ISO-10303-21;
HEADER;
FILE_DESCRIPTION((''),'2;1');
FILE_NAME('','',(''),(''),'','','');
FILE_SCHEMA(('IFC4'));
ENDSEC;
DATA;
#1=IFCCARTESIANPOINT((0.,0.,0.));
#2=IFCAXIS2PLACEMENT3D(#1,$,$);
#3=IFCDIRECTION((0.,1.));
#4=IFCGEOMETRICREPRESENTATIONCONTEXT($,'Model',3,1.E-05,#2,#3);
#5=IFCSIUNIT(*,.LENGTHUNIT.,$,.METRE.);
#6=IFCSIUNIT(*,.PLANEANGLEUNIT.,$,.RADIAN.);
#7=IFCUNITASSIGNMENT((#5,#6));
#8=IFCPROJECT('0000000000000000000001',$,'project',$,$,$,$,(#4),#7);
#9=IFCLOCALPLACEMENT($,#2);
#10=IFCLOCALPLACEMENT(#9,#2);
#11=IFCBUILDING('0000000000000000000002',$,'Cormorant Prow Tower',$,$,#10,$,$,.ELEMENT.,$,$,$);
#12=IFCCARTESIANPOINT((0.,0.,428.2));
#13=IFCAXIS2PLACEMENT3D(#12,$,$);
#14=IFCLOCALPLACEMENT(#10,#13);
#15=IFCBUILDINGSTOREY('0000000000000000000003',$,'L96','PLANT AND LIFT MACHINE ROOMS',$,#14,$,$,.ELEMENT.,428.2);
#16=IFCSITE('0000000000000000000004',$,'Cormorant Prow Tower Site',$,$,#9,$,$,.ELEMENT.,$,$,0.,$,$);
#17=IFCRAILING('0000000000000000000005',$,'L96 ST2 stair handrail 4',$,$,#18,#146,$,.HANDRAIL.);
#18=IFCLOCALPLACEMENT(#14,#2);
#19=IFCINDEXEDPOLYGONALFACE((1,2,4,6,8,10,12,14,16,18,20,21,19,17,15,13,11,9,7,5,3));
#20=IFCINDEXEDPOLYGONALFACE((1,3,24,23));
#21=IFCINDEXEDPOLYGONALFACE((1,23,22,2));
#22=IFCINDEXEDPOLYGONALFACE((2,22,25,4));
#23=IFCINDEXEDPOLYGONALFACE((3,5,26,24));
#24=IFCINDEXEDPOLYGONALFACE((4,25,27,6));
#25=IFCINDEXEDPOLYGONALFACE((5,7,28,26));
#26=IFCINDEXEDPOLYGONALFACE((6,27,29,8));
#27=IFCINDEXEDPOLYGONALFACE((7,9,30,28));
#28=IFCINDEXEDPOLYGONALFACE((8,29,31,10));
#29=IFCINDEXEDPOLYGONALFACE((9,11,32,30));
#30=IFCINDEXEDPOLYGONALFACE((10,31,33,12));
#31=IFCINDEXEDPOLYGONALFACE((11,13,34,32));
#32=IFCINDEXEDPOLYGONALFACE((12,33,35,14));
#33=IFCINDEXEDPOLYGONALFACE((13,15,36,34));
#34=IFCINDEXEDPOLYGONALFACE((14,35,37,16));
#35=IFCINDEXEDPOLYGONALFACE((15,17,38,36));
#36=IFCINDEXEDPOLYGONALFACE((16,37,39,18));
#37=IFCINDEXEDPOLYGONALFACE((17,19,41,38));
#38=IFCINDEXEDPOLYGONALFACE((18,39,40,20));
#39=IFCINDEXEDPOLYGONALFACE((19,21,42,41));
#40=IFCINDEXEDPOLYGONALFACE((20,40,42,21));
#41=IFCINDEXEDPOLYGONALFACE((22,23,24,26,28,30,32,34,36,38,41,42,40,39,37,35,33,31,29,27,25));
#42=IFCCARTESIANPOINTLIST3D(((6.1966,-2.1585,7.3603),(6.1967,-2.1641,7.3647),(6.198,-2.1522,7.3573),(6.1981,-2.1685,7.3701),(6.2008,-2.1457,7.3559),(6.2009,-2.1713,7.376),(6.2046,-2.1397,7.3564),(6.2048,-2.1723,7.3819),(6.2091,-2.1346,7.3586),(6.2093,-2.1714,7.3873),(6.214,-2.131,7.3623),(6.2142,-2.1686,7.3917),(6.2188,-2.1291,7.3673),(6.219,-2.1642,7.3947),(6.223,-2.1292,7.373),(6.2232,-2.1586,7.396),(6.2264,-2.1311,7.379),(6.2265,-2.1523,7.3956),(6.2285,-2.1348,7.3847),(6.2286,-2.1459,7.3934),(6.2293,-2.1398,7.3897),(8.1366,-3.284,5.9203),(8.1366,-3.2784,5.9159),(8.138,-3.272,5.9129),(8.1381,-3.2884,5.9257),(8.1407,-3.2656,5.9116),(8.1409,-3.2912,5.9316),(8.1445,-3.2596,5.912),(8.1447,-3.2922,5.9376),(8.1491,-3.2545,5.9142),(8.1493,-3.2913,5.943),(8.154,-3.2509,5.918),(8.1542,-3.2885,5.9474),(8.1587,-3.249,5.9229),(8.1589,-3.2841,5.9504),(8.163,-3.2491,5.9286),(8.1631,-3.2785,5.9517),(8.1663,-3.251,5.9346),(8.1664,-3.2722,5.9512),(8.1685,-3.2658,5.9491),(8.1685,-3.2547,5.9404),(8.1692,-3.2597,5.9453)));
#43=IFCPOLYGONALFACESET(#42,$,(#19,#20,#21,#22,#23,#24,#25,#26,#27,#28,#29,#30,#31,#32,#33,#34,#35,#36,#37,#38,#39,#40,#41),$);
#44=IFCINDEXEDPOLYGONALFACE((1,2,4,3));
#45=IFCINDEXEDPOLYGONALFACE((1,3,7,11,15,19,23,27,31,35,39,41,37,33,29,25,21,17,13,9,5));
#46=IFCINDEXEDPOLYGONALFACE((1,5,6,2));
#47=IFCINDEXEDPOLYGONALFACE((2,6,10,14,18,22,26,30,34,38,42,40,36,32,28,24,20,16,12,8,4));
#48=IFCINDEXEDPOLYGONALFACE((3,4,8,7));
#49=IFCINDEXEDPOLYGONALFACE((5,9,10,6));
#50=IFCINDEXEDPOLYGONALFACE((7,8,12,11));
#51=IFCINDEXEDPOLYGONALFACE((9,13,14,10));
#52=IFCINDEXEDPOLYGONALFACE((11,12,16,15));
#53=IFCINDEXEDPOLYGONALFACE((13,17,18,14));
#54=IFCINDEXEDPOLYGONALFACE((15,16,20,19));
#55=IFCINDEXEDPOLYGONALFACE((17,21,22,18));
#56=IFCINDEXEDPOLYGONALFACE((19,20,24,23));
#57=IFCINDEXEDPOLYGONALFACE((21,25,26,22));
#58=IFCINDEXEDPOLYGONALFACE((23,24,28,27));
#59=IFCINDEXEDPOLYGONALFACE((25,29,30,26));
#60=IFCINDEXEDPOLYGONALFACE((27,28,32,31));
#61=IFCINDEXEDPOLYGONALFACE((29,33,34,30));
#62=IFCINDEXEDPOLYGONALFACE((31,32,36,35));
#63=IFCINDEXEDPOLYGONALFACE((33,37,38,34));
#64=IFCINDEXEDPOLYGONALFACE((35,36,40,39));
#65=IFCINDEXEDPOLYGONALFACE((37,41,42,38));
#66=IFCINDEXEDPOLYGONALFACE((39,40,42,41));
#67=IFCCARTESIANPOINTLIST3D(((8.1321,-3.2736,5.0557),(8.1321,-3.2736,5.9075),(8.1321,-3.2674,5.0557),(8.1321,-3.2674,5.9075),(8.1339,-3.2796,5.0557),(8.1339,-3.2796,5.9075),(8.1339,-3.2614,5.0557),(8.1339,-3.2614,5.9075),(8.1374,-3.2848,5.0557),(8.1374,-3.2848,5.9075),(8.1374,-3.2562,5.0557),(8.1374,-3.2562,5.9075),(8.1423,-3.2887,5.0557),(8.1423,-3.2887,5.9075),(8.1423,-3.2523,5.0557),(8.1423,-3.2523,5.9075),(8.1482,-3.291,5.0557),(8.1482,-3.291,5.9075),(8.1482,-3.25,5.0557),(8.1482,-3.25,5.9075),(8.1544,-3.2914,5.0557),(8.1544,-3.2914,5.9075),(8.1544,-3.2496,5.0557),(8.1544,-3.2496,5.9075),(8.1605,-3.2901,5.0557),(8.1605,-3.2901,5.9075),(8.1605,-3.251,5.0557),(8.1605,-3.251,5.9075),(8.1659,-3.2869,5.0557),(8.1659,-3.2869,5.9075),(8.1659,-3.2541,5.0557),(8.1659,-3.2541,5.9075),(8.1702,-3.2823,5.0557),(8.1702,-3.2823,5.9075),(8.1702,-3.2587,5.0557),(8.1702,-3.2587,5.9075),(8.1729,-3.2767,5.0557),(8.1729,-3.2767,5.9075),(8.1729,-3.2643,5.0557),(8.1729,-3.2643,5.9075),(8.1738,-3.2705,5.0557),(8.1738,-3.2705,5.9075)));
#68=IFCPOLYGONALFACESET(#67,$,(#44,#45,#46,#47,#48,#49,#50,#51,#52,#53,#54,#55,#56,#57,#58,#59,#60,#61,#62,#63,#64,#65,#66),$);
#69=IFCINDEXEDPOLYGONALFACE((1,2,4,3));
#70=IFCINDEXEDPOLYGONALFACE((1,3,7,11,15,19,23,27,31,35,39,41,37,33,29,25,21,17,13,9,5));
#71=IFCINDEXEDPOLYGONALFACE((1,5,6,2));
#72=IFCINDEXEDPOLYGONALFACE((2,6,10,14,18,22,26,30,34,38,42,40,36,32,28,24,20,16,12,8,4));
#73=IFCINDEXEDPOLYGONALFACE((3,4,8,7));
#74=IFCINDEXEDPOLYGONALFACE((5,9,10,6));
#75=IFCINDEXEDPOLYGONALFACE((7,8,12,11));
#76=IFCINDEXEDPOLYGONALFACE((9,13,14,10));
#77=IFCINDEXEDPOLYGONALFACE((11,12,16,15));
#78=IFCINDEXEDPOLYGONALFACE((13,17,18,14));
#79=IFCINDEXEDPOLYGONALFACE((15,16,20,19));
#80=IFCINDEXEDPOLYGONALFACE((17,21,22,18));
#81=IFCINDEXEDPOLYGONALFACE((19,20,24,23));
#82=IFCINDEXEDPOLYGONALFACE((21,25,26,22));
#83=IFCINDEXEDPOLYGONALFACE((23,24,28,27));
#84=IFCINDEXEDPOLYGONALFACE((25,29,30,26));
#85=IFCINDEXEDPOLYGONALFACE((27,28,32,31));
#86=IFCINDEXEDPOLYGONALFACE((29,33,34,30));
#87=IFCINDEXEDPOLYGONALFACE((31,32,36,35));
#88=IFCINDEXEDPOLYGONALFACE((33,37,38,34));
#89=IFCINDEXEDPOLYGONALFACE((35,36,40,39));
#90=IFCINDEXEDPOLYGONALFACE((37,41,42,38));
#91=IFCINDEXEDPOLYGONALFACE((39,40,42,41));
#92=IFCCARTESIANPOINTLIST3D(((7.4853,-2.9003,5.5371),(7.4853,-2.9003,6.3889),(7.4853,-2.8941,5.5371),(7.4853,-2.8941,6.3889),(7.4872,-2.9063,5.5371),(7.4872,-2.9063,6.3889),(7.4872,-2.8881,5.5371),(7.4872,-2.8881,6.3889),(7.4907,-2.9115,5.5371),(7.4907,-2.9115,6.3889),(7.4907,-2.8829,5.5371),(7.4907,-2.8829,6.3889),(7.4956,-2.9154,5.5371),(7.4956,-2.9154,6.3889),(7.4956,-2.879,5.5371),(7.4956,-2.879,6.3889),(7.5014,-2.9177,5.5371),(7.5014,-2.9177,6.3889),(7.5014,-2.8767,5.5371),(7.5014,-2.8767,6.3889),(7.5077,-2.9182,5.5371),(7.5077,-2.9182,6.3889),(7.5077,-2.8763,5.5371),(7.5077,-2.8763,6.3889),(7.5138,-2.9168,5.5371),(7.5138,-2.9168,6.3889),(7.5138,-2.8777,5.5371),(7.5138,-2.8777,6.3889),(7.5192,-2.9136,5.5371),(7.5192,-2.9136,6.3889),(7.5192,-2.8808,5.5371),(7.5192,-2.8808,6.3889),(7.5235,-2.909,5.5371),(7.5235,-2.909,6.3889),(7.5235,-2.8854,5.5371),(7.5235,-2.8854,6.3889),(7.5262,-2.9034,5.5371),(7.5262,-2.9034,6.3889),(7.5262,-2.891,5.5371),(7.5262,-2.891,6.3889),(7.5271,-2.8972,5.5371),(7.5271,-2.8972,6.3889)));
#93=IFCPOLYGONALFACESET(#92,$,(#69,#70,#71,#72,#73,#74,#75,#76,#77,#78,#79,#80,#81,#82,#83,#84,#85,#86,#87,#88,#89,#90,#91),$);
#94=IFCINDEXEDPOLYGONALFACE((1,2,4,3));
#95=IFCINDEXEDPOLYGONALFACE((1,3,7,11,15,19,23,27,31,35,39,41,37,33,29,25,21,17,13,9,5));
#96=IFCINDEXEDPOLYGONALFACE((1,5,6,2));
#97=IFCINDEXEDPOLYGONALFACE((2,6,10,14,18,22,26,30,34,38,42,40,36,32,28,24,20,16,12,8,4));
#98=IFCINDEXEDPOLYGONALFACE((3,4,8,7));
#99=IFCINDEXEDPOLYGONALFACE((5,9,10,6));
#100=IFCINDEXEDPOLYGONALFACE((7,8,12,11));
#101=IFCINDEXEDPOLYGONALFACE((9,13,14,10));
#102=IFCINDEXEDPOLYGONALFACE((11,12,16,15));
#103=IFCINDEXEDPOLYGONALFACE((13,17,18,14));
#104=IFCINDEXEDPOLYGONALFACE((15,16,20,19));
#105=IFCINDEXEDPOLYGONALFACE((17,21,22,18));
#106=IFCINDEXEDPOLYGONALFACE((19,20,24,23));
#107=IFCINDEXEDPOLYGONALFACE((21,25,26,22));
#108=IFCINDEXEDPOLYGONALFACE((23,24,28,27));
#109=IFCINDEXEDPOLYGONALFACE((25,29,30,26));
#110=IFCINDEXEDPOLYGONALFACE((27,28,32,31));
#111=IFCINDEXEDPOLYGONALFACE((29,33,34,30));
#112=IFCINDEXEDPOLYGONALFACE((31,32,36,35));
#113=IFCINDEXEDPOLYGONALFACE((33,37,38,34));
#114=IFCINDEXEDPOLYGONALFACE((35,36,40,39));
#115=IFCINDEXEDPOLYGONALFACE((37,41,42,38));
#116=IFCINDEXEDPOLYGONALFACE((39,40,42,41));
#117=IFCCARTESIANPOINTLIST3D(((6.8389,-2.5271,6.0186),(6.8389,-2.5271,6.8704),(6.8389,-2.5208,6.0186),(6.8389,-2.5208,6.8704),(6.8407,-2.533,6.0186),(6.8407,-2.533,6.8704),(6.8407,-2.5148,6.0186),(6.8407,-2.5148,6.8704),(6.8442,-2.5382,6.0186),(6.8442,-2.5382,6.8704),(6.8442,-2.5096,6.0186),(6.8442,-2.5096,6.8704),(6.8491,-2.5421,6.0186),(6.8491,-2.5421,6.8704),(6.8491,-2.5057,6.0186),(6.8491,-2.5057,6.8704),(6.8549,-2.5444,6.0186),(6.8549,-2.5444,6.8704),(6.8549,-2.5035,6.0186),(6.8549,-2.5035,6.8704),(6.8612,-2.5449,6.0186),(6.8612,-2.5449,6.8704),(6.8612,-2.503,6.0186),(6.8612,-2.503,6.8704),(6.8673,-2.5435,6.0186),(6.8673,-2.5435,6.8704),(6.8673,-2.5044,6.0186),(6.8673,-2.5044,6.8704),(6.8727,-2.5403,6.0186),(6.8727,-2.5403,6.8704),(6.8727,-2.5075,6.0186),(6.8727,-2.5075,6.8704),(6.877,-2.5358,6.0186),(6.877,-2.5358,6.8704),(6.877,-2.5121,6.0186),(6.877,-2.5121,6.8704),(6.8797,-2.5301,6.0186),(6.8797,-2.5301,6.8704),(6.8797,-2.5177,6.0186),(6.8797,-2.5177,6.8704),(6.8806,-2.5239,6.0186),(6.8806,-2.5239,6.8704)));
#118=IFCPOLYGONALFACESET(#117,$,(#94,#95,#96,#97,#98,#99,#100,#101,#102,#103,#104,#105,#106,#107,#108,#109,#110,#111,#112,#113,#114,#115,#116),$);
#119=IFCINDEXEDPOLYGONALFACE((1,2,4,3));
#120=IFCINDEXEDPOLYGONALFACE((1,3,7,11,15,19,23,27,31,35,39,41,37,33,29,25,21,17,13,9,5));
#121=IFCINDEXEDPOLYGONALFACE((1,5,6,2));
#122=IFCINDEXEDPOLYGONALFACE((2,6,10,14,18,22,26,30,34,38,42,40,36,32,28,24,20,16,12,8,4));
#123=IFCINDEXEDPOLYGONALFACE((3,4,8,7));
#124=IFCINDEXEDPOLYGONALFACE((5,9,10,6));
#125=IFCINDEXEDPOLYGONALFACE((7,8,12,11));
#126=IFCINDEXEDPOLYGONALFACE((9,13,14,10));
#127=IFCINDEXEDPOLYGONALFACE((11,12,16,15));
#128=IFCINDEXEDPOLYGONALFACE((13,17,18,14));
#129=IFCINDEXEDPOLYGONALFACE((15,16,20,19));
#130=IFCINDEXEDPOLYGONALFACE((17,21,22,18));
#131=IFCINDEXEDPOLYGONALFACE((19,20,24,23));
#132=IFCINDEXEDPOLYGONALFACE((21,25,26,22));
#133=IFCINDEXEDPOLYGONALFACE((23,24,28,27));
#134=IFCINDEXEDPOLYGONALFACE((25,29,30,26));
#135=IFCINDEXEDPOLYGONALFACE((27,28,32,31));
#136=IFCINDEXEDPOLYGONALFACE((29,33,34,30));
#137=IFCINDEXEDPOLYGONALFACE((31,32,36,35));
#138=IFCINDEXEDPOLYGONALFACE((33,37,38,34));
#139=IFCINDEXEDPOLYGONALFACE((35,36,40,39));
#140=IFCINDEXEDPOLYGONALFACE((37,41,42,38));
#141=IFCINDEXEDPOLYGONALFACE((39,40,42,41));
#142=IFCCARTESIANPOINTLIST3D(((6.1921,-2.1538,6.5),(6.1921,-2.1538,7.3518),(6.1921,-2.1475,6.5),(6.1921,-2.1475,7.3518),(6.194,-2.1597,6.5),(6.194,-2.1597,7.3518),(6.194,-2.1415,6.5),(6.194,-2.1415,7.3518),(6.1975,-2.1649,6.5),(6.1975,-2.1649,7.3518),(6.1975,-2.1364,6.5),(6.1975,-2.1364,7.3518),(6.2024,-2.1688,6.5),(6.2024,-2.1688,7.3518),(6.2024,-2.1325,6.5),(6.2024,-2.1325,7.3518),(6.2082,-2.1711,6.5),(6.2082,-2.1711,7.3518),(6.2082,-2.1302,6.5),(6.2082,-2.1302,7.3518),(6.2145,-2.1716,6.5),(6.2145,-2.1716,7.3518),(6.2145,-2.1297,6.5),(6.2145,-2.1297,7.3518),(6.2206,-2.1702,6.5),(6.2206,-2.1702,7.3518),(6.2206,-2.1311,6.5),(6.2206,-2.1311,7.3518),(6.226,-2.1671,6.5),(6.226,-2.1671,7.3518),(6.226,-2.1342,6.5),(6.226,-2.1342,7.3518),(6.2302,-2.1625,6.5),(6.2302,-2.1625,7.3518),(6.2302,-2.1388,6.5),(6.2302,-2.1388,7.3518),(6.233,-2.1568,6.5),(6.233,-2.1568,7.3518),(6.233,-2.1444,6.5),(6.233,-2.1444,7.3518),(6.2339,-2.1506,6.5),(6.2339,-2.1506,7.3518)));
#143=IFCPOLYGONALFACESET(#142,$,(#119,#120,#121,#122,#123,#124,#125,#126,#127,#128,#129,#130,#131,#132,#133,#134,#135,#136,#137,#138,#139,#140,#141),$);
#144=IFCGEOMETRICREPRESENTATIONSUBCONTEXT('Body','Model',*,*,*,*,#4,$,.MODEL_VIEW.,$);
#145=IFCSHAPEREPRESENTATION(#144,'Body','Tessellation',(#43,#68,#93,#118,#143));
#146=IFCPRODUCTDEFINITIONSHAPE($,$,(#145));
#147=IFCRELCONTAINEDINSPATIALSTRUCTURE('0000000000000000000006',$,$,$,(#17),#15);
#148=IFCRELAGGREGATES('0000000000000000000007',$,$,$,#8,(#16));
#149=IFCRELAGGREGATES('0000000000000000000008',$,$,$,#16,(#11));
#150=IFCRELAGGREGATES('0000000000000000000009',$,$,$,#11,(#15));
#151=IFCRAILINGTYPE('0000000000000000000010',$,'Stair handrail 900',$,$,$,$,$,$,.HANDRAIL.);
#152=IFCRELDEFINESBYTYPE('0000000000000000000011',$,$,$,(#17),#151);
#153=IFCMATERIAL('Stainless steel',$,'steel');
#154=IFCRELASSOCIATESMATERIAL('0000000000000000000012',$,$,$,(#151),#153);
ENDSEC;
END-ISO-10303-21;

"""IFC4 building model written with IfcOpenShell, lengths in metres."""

from ifc_helpers import new_model, si_unit, direction, frame, origin, origin_2d, place, context, subcontext, project, spatial, circle, extrude, material, type_object, element, save


model = new_model("IFC4")

# Units and contexts
model_context = context("Model", 3, precision=1e-05, world=origin(), true_north=direction((0.0, 1.0)))
body_context = subcontext(model_context, "Body", "Model", "MODEL_VIEW")
ifc_project = project(units=[si_unit("LENGTHUNIT", "METRE"), si_unit("PLANEANGLEUNIT", "RADIAN")], contexts=[model_context])

# Site, building, storey
site_placement = place(None, origin())
site = spatial("IfcSite", under=ifc_project, at=site_placement, Name="Cormorant Prow Tower Site", CompositionType="ELEMENT", RefElevation=0.0)
building_placement = place(site_placement, origin())
building = spatial("IfcBuilding", under=site, at=building_placement, Name="Cormorant Prow Tower", CompositionType="ELEMENT")
storey_placement = place(building_placement, frame((0.0, 0.0, 428.2)))
storey = spatial("IfcBuildingStorey", under=building, at=storey_placement, Name="L96", Description="PLANT AND LIFT MACHINE ROOMS", CompositionType="ELEMENT", Elevation=428.2)

# Railing
ifc_material_1 = material(Name="Stainless steel", Category="steel")
railing_type_1 = type_object("IfcRailingType", Name="Stair handrail 900", PredefinedType="HANDRAIL", material=ifc_material_1)
railing_1_placement = place(storey_placement, frame((8.1528, -3.2705, 5.0557)))
element("IfcRailing", 1, at=railing_1_placement, inside=storey, type_object=railing_type_1, Name="L96 ST2 stair handrail 4", PredefinedType="HANDRAIL", context=body_context, shape_type="SweptSolid", body=[
    extrude(circle(Radius=0.0239, at=origin_2d()), frame((0.0, 0.0, 0.876), z_axis=(-0.727863, 0.420175, 0.541912), x_axis=(-0.499949, -0.866055, 0.0)), (0.0, 0.0, 1.0), 2.6653),
    extrude(circle(Radius=0.021, at=origin_2d()), origin(), (0.0, 0.0, 1.0), 0.8518),
    extrude(circle(Radius=0.021, at=origin_2d()), frame((-0.6467, 0.3733, 0.4814)), (0.0, 0.0, 1.0), 0.8518),
    extrude(circle(Radius=0.021, at=origin_2d()), frame((-1.2932, 0.7466, 0.9629)), (0.0, 0.0, 1.0), 0.8518),
    extrude(circle(Radius=0.021, at=origin_2d()), frame((-1.9399, 1.1199, 1.4443)), (0.0, 0.0, 1.0), 0.8518),
])

save(model, "model.ifc")
